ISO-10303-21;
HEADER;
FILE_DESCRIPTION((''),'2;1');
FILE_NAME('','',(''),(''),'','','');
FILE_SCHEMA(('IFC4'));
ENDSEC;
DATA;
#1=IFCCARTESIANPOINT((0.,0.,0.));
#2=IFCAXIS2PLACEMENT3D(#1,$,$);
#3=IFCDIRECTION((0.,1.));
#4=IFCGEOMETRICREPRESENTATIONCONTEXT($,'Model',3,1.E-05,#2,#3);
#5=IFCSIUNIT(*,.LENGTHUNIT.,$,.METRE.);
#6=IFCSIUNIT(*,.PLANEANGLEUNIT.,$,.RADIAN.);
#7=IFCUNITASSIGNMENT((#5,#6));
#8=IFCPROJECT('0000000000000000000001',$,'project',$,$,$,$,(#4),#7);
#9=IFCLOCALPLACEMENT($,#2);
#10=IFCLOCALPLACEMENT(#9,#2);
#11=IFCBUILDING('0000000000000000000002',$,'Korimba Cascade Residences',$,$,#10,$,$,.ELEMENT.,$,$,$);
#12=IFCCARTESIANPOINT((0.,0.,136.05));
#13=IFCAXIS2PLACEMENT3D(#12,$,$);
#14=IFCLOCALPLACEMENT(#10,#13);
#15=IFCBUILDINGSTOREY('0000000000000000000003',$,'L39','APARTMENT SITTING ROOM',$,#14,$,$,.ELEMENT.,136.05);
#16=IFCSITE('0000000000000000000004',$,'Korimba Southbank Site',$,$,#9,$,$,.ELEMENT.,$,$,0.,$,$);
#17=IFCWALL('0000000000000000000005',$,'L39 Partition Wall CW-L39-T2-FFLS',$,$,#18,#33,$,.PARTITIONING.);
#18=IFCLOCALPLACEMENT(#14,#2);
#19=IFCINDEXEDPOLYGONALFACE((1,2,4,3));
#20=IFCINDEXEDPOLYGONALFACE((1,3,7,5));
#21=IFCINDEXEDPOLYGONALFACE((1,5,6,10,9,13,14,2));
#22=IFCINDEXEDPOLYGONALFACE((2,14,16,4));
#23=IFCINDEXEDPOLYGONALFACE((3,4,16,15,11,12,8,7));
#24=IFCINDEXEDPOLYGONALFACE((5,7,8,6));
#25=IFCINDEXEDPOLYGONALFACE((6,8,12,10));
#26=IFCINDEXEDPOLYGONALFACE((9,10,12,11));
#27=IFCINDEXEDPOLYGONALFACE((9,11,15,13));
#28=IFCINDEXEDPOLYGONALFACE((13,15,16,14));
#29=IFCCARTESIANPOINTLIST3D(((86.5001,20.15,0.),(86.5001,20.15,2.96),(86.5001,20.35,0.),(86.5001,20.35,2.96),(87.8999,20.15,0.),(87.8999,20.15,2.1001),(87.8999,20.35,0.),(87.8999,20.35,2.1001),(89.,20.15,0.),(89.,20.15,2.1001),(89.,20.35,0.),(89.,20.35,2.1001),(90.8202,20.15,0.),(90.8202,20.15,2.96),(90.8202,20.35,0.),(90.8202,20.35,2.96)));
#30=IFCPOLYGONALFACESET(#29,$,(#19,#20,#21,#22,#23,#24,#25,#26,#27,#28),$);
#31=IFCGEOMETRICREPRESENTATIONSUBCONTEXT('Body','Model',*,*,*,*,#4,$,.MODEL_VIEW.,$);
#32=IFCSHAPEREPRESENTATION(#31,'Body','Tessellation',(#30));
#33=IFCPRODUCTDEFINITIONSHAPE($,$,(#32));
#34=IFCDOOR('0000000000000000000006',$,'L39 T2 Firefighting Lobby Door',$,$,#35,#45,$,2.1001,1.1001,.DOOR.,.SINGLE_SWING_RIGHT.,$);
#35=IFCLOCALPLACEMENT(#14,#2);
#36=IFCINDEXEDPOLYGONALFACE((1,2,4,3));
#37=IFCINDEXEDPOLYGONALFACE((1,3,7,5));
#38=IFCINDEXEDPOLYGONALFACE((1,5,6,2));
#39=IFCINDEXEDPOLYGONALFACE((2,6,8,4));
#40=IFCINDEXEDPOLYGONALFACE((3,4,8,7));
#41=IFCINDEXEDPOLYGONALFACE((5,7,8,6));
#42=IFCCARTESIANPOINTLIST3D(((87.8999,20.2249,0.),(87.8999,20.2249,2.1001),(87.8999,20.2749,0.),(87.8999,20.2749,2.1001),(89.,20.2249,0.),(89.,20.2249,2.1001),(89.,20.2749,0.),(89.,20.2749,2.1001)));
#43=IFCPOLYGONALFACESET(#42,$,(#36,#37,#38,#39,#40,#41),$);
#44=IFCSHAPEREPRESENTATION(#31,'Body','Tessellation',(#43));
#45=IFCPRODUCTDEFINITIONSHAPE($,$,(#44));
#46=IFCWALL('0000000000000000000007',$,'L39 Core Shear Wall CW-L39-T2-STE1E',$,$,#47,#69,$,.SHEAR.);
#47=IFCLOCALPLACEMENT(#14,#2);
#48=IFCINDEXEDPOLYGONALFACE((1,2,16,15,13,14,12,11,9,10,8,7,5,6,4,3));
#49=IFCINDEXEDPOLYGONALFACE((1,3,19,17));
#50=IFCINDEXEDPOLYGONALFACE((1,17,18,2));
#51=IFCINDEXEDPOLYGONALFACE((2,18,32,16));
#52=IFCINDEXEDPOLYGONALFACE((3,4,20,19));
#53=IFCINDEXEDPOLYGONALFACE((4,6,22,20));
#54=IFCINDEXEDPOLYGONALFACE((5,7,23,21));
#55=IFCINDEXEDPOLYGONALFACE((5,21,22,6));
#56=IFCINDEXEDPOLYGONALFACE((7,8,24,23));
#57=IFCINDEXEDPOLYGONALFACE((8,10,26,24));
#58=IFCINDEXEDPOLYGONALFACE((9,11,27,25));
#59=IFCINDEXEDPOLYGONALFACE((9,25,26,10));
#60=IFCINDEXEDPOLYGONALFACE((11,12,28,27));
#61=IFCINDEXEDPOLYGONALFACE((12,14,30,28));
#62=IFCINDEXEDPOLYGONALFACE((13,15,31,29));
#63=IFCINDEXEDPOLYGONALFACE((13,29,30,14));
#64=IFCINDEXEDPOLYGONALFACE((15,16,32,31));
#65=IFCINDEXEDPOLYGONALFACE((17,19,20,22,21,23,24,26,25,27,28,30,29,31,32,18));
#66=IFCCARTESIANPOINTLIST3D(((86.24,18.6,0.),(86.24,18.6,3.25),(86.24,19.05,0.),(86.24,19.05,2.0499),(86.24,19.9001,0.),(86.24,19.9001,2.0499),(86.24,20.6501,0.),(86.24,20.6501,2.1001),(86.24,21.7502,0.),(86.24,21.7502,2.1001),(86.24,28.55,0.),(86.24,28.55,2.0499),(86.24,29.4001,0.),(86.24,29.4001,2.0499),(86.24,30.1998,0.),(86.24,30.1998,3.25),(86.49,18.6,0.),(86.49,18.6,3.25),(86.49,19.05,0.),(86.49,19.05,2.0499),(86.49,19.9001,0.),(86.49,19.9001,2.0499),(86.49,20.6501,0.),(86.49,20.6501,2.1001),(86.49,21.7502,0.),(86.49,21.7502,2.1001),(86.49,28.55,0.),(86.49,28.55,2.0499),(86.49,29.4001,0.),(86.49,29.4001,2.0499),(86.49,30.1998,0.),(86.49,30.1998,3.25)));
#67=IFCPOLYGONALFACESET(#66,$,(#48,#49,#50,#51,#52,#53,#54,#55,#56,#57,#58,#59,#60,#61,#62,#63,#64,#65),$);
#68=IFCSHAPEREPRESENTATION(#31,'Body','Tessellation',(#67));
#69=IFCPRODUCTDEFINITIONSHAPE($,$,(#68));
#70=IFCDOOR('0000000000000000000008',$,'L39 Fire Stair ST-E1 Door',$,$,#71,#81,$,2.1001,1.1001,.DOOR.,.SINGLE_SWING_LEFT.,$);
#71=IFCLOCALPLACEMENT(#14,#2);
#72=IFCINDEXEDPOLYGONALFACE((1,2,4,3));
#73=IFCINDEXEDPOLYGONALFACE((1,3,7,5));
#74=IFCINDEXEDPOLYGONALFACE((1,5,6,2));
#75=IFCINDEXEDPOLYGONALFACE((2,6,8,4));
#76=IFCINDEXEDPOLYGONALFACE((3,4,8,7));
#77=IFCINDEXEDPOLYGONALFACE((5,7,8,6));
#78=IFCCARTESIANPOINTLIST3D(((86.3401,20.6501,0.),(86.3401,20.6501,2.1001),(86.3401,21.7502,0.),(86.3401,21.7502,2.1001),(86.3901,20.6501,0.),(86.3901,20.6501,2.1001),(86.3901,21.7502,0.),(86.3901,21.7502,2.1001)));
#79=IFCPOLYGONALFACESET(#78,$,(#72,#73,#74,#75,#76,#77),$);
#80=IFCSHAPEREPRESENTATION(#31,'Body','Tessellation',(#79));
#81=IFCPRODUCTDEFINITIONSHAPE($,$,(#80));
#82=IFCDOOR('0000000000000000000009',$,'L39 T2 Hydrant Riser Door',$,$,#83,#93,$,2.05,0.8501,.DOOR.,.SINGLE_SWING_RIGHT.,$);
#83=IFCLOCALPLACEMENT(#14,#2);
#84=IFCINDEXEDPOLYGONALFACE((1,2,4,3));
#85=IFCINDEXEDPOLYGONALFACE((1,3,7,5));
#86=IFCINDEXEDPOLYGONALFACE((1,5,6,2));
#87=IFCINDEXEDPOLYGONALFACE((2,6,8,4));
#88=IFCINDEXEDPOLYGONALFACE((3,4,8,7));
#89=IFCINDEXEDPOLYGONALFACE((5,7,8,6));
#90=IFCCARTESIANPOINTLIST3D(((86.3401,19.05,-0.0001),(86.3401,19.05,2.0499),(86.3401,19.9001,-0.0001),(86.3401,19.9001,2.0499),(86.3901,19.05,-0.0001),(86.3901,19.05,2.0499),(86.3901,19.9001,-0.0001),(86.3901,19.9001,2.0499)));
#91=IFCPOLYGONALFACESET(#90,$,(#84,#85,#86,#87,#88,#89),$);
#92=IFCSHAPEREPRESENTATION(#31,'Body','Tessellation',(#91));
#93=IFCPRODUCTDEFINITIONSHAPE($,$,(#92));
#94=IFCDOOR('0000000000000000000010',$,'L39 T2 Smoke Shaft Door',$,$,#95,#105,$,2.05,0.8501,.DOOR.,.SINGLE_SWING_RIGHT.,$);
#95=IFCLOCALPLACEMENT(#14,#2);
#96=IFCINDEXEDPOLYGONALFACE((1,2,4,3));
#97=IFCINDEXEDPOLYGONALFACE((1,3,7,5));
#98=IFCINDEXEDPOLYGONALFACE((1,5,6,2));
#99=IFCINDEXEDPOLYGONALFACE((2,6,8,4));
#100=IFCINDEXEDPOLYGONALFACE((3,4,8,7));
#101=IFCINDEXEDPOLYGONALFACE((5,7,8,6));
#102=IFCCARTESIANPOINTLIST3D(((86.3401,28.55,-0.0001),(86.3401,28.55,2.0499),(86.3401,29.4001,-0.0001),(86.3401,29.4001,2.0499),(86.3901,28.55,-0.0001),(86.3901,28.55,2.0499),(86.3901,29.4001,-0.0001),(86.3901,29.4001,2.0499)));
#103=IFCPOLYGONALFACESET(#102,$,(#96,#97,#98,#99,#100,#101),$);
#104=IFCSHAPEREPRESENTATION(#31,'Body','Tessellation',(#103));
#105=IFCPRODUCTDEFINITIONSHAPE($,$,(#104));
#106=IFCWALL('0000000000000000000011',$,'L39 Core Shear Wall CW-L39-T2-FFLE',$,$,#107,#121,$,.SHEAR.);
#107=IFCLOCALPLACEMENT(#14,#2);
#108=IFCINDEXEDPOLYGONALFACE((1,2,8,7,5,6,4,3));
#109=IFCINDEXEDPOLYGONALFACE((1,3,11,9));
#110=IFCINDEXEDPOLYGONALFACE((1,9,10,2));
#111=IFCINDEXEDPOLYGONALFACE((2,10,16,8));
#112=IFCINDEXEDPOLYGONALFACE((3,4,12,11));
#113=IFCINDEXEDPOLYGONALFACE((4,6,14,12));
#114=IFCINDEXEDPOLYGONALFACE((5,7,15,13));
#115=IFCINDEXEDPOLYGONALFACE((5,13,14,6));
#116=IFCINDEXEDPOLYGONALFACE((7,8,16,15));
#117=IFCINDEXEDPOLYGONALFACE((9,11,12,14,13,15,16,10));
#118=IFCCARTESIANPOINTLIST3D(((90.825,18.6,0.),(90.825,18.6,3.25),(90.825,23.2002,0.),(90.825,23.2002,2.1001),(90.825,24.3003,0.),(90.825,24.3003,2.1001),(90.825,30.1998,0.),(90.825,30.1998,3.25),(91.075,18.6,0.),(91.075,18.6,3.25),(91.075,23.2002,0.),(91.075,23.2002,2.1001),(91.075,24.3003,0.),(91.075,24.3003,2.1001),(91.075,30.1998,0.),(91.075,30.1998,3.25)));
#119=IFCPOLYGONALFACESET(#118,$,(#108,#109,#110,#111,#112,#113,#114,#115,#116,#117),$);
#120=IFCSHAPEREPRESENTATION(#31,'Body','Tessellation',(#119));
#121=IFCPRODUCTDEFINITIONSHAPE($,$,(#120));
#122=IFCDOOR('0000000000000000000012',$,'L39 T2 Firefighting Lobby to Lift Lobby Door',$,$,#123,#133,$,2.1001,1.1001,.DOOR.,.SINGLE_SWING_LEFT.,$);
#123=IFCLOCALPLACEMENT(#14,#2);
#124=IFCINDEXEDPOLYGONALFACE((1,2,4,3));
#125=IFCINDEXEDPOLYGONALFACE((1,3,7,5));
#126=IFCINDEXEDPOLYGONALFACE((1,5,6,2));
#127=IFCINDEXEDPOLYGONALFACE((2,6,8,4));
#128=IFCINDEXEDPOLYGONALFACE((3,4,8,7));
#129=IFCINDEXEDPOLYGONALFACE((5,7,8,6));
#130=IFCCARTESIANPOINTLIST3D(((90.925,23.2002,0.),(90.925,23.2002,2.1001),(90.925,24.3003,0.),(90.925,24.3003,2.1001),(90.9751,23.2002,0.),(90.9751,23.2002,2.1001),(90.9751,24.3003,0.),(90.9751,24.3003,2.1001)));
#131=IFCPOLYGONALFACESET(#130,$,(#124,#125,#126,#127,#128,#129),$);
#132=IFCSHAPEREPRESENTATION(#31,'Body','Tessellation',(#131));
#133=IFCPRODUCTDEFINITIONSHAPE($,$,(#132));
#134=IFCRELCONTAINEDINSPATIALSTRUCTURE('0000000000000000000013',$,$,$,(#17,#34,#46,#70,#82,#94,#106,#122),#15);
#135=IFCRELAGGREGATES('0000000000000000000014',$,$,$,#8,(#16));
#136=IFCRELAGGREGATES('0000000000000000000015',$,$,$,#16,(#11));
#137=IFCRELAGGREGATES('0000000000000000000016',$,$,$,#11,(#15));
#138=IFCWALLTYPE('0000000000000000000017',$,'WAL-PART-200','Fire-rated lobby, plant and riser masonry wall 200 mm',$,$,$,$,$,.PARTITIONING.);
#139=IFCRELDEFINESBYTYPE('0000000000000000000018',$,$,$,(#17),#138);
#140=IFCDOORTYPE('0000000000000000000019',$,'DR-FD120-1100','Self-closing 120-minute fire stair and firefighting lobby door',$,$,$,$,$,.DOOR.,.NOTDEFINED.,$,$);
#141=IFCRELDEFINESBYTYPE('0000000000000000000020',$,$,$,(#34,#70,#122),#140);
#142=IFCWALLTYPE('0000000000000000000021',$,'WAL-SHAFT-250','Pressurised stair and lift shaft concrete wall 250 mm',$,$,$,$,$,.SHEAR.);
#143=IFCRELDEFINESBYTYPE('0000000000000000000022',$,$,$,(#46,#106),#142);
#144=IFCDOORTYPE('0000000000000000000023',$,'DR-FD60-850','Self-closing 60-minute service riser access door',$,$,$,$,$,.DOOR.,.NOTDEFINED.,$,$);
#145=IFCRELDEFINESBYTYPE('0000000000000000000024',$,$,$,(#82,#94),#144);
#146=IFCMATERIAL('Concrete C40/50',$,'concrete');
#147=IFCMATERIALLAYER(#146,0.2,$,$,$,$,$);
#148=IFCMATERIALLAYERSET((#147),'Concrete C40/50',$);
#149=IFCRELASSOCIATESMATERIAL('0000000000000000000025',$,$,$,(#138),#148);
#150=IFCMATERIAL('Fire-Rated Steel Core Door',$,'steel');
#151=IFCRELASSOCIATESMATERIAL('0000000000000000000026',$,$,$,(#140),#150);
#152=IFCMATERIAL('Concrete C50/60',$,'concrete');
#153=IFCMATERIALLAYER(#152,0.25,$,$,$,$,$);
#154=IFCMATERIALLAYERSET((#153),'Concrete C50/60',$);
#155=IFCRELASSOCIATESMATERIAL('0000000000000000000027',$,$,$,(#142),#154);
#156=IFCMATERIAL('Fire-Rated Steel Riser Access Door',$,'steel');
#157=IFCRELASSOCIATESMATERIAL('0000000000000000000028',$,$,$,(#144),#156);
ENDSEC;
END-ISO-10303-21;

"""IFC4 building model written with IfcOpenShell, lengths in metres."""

from ifc_helpers import new_model, si_unit, direction, frame, frame_2d, origin, place, context, subcontext, project, spatial, rectangle, extrude, material, layer, layer_set, type_object, element, fill, save


model = new_model("IFC4")

# Units and contexts
model_context = context("Model", 3, precision=1e-05, world=origin(), true_north=direction((0.0, 1.0)))
body_context = subcontext(model_context, "Body", "Model", "MODEL_VIEW")
ifc_project = project(units=[si_unit("LENGTHUNIT", "METRE"), si_unit("PLANEANGLEUNIT", "RADIAN")], contexts=[model_context])

# Site, building, storey
site_placement = place(None, origin())
site = spatial("IfcSite", under=ifc_project, at=site_placement, Name="Korimba Southbank Site", CompositionType="ELEMENT", RefElevation=0.0)
building_placement = place(site_placement, origin())
building = spatial("IfcBuilding", under=site, at=building_placement, Name="Korimba Cascade Residences", CompositionType="ELEMENT")
storey_placement = place(building_placement, frame((0.0, 0.0, 136.05)))
storey = spatial("IfcBuildingStorey", under=building, at=storey_placement, Name="L39", Description="APARTMENT SITTING ROOM", CompositionType="ELEMENT", Elevation=136.05)

# Wall, opening, door
ifc_material_1 = material(Name="Concrete C40/50", Category="concrete")
ifc_layer_1 = layer(ifc_material_1, 0.2)
ifc_layer_set_1 = layer_set([ifc_layer_1], Name="Concrete C40/50")
wall_type_1 = type_object("IfcWallType", Name="WAL-PART-200", Description="Fire-rated lobby, plant and riser masonry wall 200 mm", PredefinedType="PARTITIONING", material=ifc_layer_set_1)
wall_1_placement = place(storey_placement, frame((86.5, 20.25, 0.0), z_axis=(0.0, 0.0, 1.0), x_axis=(1.0, 0.0, 0.0)))
wall_1 = element("IfcWall", 1, at=wall_1_placement, inside=storey, type_object=wall_type_1, Name="L39 Partition Wall CW-L39-T2-FFLS", PredefinedType="PARTITIONING", context=body_context, shape_type="SweptSolid", body=[
    extrude(rectangle(XDim=4.3201, YDim=0.2, at=frame_2d((2.1602, 0.0))), origin(), (0.0, 0.0, 1.0), 2.96),
])
opening_1_placement = place(wall_1_placement, frame((1.3999, 0.0, 0.0)))
opening_1 = element("IfcOpeningElement", 2, at=opening_1_placement, cuts=wall_1, PredefinedType="OPENING", context=body_context, shape_type="SweptSolid", body=[
    extrude(rectangle(XDim=1.1001, YDim=2.1001, at=frame_2d((0.55, 1.05))), frame((0.0, 0.1099, 0.0), z_axis=(0.0, -1.0, 0.0), x_axis=(1.0, 0.0, 0.0)), (0.0, 0.0, 1.0), 0.22),
])
ifc_material_2 = material(Name="Fire-Rated Steel Core Door", Category="steel")
door_type_1 = type_object("IfcDoorType", Name="DR-FD120-1100", Description="Self-closing 120-minute fire stair and firefighting lobby door", OperationType="NOTDEFINED", PredefinedType="DOOR", material=ifc_material_2)
door_1_placement = place(opening_1_placement, origin())
door_1 = element("IfcDoor", 3, at=door_1_placement, inside=storey, type_object=door_type_1, Name="L39 T2 Firefighting Lobby Door", OperationType="SINGLE_SWING_RIGHT", OverallHeight=2.1001, OverallWidth=1.1001, PredefinedType="DOOR", context=body_context, shape_type="SweptSolid", body=[
    extrude(rectangle(XDim=1.1001, YDim=2.1001, at=frame_2d((0.55, 1.05))), frame((0.0, 0.0249, 0.0), z_axis=(0.0, -1.0, 0.0), x_axis=(1.0, 0.0, 0.0)), (0.0, 0.0, 1.0), 0.05),
])
fill(opening_1, door_1)

# Wall, openings, doors
ifc_material_3 = material(Name="Concrete C50/60", Category="concrete")
ifc_layer_2 = layer(ifc_material_3, 0.25)
ifc_layer_set_2 = layer_set([ifc_layer_2], Name="Concrete C50/60")
wall_type_2 = type_object("IfcWallType", Name="WAL-SHAFT-250", Description="Pressurised stair and lift shaft concrete wall 250 mm", PredefinedType="SHEAR", material=ifc_layer_set_2)
wall_2_placement = place(storey_placement, frame((86.365, 18.6001, 0.0), z_axis=(0.0, 0.0, 1.0), x_axis=(0.0, 1.0, 0.0)))
wall_2 = element("IfcWall", 4, at=wall_2_placement, inside=storey, type_object=wall_type_2, Name="L39 Core Shear Wall CW-L39-T2-STE1E", PredefinedType="SHEAR", context=body_context, shape_type="SweptSolid", body=[
    extrude(rectangle(XDim=11.5999, YDim=0.25, at=frame_2d((5.7998, 0.0))), origin(), (0.0, 0.0, 1.0), 3.25),
])
opening_2_placement = place(wall_2_placement, frame((0.45, 0.0, 0.0)))
opening_2 = element("IfcOpeningElement", 5, at=opening_2_placement, cuts=wall_2, PredefinedType="OPENING", context=body_context, shape_type="SweptSolid", body=[
    extrude(rectangle(XDim=0.8501, YDim=2.05, at=frame_2d((0.425, 1.0249))), frame((0.0, 0.135, 0.0), z_axis=(0.0, -1.0, 0.0), x_axis=(1.0, 0.0, 0.0)), (0.0, 0.0, 1.0), 0.27),
])
opening_3_placement = place(wall_2_placement, frame((2.05, 0.0, 0.0)))
opening_3 = element("IfcOpeningElement", 6, at=opening_3_placement, cuts=wall_2, PredefinedType="OPENING", context=body_context, shape_type="SweptSolid", body=[
    extrude(rectangle(XDim=1.1001, YDim=2.1001, at=frame_2d((0.55, 1.05))), frame((0.0, 0.135, 0.0), z_axis=(0.0, -1.0, 0.0), x_axis=(1.0, 0.0, 0.0)), (0.0, 0.0, 1.0), 0.27),
])
opening_4_placement = place(wall_2_placement, frame((9.95, 0.0, 0.0)))
opening_4 = element("IfcOpeningElement", 7, at=opening_4_placement, cuts=wall_2, PredefinedType="OPENING", context=body_context, shape_type="SweptSolid", body=[
    extrude(rectangle(XDim=0.8501, YDim=2.05, at=frame_2d((0.425, 1.0249))), frame((0.0, 0.135, 0.0), z_axis=(0.0, -1.0, 0.0), x_axis=(1.0, 0.0, 0.0)), (0.0, 0.0, 1.0), 0.27),
])
door_2_placement = place(opening_3_placement, origin())
door_2 = element("IfcDoor", 8, at=door_2_placement, inside=storey, type_object=door_type_1, Name="L39 Fire Stair ST-E1 Door", OperationType="SINGLE_SWING_LEFT", OverallHeight=2.1001, OverallWidth=1.1001, PredefinedType="DOOR", context=body_context, shape_type="SweptSolid", body=[
    extrude(rectangle(XDim=1.1001, YDim=2.1001, at=frame_2d((0.55, 1.05))), frame((0.0, 0.0249, 0.0), z_axis=(0.0, -1.0, 0.0), x_axis=(1.0, 0.0, 0.0)), (0.0, 0.0, 1.0), 0.05),
])
fill(opening_3, door_2)
ifc_material_4 = material(Name="Fire-Rated Steel Riser Access Door", Category="steel")
door_type_2 = type_object("IfcDoorType", Name="DR-FD60-850", Description="Self-closing 60-minute service riser access door", OperationType="NOTDEFINED", PredefinedType="DOOR", material=ifc_material_4)
door_3_placement = place(opening_2_placement, origin())
door_3 = element("IfcDoor", 9, at=door_3_placement, inside=storey, type_object=door_type_2, Name="L39 T2 Hydrant Riser Door", OperationType="SINGLE_SWING_RIGHT", OverallHeight=2.05, OverallWidth=0.8501, PredefinedType="DOOR", context=body_context, shape_type="SweptSolid", body=[
    extrude(rectangle(XDim=0.8501, YDim=2.05, at=frame_2d((0.425, 1.0249))), frame((0.0, 0.0249, 0.0), z_axis=(0.0, -1.0, 0.0), x_axis=(1.0, 0.0, 0.0)), (0.0, 0.0, 1.0), 0.05),
])
fill(opening_2, door_3)
door_4_placement = place(opening_4_placement, origin())
door_4 = element("IfcDoor", 10, at=door_4_placement, inside=storey, type_object=door_type_2, Name="L39 T2 Smoke Shaft Door", OperationType="SINGLE_SWING_RIGHT", OverallHeight=2.05, OverallWidth=0.8501, PredefinedType="DOOR", context=body_context, shape_type="SweptSolid", body=[
    extrude(rectangle(XDim=0.8501, YDim=2.05, at=frame_2d((0.425, 1.0249))), frame((0.0, 0.0249, 0.0), z_axis=(0.0, -1.0, 0.0), x_axis=(1.0, 0.0, 0.0)), (0.0, 0.0, 1.0), 0.05),
])
fill(opening_4, door_4)

# Wall, opening, door
wall_3_placement = place(storey_placement, frame((90.95, 18.6001, 0.0), z_axis=(0.0, 0.0, 1.0), x_axis=(0.0, 1.0, 0.0)))
wall_3 = element("IfcWall", 11, at=wall_3_placement, inside=storey, type_object=wall_type_2, Name="L39 Core Shear Wall CW-L39-T2-FFLE", PredefinedType="SHEAR", context=body_context, shape_type="SweptSolid", body=[
    extrude(rectangle(XDim=11.5999, YDim=0.25, at=frame_2d((5.7998, 0.0))), origin(), (0.0, 0.0, 1.0), 3.25),
])
opening_5_placement = place(wall_3_placement, frame((4.6001, 0.0, 0.0)))
opening_5 = element("IfcOpeningElement", 12, at=opening_5_placement, cuts=wall_3, PredefinedType="OPENING", context=body_context, shape_type="SweptSolid", body=[
    extrude(rectangle(XDim=1.1001, YDim=2.1001, at=frame_2d((0.55, 1.05))), frame((0.0, 0.135, 0.0), z_axis=(0.0, -1.0, 0.0), x_axis=(1.0, 0.0, 0.0)), (0.0, 0.0, 1.0), 0.27),
])
door_5_placement = place(opening_5_placement, origin())
door_5 = element("IfcDoor", 13, at=door_5_placement, inside=storey, type_object=door_type_1, Name="L39 T2 Firefighting Lobby to Lift Lobby Door", OperationType="SINGLE_SWING_LEFT", OverallHeight=2.1001, OverallWidth=1.1001, PredefinedType="DOOR", context=body_context, shape_type="SweptSolid", body=[
    extrude(rectangle(XDim=1.1001, YDim=2.1001, at=frame_2d((0.55, 1.05))), frame((0.0, 0.0249, 0.0), z_axis=(0.0, -1.0, 0.0), x_axis=(1.0, 0.0, 0.0)), (0.0, 0.0, 1.0), 0.05),
])
fill(opening_5, door_5)

save(model, "model.ifc")
